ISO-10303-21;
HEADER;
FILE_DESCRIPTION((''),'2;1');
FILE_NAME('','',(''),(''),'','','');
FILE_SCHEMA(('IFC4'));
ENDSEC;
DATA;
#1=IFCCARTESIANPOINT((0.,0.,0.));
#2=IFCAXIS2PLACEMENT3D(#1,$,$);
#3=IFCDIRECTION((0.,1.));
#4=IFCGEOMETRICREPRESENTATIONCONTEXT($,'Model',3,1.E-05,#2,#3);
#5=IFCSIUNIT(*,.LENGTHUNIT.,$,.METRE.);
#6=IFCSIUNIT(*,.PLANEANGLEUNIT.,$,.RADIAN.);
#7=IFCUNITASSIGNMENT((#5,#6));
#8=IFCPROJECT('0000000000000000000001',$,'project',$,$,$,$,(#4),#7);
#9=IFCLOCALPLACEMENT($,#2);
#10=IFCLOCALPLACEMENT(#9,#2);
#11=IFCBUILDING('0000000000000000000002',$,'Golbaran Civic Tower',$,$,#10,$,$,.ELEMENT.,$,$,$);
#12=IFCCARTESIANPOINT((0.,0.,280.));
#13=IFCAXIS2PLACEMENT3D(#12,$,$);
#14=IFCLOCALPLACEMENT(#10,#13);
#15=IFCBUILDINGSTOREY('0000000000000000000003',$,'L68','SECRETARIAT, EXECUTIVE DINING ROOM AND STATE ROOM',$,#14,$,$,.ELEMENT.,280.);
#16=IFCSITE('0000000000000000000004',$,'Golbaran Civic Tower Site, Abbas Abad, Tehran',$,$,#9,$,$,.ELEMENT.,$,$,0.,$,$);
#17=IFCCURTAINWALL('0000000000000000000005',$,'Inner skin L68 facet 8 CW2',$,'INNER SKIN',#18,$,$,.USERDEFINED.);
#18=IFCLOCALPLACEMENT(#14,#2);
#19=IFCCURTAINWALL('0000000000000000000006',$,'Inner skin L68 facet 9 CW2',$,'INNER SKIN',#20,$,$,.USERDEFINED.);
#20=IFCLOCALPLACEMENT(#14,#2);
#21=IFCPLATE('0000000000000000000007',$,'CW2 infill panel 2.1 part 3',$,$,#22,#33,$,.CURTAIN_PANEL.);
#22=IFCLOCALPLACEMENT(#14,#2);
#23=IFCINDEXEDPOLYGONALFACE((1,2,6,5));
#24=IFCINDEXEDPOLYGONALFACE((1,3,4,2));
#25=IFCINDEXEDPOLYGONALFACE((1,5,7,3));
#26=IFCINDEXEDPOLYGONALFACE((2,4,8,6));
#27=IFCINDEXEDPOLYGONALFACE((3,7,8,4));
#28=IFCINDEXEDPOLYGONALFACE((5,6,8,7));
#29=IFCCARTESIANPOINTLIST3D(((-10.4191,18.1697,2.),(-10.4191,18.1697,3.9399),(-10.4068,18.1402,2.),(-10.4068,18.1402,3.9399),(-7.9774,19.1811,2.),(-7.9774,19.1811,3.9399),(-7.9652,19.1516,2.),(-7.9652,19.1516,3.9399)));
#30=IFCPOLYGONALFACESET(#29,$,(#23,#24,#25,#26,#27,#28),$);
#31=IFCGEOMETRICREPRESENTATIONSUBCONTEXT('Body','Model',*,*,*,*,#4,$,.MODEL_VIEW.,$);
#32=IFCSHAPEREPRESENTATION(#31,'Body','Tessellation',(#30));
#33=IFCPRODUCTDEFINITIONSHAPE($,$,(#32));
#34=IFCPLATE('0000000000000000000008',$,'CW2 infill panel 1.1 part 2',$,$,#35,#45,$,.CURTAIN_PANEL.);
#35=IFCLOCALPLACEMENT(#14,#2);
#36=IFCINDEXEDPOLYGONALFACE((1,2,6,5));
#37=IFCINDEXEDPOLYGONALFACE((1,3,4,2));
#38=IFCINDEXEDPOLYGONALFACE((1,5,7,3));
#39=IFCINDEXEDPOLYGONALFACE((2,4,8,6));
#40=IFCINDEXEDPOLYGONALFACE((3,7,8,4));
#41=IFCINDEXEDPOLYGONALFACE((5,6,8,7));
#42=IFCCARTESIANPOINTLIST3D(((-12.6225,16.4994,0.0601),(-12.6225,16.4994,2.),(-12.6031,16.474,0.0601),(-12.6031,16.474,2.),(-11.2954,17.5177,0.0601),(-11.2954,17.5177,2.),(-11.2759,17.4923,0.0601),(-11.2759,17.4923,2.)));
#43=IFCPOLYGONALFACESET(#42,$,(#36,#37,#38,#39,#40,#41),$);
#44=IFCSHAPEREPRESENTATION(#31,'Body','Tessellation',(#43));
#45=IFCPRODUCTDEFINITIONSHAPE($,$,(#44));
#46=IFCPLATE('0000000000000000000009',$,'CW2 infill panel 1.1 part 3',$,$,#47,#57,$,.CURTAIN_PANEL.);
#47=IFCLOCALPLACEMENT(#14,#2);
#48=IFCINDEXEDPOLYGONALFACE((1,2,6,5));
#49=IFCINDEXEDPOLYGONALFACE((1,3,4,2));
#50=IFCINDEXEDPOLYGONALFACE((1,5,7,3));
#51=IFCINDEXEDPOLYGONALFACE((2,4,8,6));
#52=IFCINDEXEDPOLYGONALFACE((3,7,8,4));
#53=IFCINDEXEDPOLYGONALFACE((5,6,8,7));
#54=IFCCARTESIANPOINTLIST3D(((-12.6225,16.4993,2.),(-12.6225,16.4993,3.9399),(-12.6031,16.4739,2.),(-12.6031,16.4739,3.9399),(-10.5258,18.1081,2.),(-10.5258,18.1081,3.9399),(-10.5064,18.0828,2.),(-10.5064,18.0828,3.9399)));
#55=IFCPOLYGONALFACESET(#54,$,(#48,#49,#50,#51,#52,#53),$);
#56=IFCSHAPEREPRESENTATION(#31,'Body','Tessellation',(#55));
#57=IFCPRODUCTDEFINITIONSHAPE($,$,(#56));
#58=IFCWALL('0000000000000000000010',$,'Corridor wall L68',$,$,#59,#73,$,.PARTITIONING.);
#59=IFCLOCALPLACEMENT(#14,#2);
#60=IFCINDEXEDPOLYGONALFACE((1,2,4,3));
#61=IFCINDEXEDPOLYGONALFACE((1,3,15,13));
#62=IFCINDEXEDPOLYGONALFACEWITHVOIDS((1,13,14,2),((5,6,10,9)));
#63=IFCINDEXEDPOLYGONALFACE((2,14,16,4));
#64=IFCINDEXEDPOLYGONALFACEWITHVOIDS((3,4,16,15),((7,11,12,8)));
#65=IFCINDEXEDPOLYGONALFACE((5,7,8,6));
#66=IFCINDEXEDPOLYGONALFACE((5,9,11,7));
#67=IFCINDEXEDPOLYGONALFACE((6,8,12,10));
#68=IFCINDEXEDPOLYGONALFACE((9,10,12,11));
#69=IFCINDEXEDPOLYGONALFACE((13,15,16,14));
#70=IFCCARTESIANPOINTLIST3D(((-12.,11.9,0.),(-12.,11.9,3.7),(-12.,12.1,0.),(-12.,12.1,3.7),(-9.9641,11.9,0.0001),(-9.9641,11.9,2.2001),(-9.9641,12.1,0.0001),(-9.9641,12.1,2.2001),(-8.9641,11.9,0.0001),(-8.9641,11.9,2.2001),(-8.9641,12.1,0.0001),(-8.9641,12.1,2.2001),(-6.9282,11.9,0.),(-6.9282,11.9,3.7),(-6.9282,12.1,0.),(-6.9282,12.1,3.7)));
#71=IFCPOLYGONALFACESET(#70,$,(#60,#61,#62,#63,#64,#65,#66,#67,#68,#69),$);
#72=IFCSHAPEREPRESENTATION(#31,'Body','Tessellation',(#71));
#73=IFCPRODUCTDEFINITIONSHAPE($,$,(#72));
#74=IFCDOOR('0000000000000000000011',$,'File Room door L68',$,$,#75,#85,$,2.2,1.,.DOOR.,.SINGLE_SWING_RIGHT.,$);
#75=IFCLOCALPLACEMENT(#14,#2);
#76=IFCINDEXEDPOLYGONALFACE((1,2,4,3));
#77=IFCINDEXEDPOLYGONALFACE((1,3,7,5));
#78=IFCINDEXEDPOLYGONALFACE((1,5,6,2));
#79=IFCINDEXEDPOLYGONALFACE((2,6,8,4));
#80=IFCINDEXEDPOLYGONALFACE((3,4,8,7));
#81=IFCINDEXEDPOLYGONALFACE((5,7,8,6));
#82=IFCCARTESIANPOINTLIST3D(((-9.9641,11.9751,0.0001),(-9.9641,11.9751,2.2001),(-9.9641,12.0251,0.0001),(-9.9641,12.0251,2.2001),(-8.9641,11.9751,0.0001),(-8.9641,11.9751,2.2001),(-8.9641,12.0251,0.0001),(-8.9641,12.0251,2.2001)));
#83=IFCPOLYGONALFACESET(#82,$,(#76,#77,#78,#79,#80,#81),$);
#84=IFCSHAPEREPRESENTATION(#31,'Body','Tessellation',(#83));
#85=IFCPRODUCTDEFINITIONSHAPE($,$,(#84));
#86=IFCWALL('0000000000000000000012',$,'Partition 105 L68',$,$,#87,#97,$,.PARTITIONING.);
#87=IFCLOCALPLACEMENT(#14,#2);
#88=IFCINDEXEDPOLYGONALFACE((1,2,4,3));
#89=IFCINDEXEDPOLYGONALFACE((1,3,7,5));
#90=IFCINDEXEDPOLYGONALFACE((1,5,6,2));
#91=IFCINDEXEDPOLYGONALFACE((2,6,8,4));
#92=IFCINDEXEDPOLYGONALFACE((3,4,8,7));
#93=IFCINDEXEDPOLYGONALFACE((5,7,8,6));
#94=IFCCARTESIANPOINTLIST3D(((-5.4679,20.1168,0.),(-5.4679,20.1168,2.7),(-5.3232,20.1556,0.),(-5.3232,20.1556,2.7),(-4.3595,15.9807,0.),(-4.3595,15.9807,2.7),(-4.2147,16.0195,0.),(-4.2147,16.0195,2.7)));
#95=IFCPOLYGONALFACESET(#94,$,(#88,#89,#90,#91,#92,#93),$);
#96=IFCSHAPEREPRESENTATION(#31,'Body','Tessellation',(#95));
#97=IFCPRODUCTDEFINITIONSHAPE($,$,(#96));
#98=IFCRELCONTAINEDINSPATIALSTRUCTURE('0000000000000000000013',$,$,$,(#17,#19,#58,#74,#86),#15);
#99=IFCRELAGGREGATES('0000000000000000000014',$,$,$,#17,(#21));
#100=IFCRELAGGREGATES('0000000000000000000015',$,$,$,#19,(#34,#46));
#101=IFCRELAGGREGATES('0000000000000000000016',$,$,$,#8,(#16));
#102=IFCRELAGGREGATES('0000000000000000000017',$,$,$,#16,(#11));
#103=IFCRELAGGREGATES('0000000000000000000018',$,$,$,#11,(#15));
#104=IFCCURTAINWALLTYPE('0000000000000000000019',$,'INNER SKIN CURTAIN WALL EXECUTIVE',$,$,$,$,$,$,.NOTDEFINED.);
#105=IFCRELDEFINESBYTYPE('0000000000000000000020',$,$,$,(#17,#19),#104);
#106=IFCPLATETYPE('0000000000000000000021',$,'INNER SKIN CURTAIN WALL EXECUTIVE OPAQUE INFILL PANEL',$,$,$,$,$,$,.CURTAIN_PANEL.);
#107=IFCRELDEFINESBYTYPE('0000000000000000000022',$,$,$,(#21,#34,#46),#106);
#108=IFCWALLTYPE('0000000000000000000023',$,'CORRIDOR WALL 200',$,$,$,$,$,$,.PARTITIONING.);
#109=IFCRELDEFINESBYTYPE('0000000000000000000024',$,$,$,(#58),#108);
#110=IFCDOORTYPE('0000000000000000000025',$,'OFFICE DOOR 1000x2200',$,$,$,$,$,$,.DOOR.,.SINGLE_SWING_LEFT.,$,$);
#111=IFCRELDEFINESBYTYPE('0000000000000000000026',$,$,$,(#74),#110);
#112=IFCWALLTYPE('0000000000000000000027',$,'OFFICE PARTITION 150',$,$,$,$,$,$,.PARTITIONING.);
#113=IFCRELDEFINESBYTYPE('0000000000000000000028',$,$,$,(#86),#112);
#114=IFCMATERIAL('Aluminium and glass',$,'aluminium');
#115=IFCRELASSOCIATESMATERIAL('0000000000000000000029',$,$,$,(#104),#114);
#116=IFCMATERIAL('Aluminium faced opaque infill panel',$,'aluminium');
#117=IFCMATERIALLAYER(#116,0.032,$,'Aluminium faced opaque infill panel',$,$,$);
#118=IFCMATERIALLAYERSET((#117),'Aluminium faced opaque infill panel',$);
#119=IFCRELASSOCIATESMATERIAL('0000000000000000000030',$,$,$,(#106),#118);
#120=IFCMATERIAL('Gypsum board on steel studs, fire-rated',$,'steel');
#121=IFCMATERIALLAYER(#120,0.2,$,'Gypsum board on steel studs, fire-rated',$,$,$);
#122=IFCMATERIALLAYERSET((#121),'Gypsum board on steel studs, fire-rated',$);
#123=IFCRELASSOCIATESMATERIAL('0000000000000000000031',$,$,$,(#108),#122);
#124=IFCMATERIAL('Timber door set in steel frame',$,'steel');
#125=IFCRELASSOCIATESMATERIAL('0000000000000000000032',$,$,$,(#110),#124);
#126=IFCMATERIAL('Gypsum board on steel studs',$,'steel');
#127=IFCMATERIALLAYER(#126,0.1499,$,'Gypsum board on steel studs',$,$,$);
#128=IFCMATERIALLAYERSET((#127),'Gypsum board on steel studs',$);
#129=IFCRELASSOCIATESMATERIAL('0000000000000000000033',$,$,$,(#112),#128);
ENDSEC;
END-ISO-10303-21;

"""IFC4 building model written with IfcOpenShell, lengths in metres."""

from ifc_helpers import new_model, si_unit, direction, frame, frame_2d, origin, origin_2d, place, context, subcontext, project, spatial, rectangle, extrude, material, layer, layer_set, type_object, element, fill, aggregate, save


model = new_model("IFC4")

# Units and contexts
model_context = context("Model", 3, precision=1e-05, world=origin(), true_north=direction((0.0, 1.0)))
body_context = subcontext(model_context, "Body", "Model", "MODEL_VIEW")
ifc_project = project(units=[si_unit("LENGTHUNIT", "METRE"), si_unit("PLANEANGLEUNIT", "RADIAN")], contexts=[model_context])

# Site, building, storey
site_placement = place(None, origin())
site = spatial("IfcSite", under=ifc_project, at=site_placement, Name="Golbaran Civic Tower Site, Abbas Abad, Tehran", CompositionType="ELEMENT", RefElevation=0.0)
building_placement = place(site_placement, origin())
building = spatial("IfcBuilding", under=site, at=building_placement, Name="Golbaran Civic Tower", CompositionType="ELEMENT")
storey_placement = place(building_placement, frame((0.0, 0.0, 280.0)))
storey = spatial("IfcBuildingStorey", under=building, at=storey_placement, Name="L68", Description="SECRETARIAT, EXECUTIVE DINING ROOM AND STATE ROOM", CompositionType="ELEMENT", Elevation=280.0)

# Curtain wall
ifc_material_1 = material(Name="Aluminium and glass", Category="aluminium")
curtain_wall_type = type_object("IfcCurtainWallType", Name="INNER SKIN CURTAIN WALL EXECUTIVE", PredefinedType="NOTDEFINED", material=ifc_material_1)
curtain_wall_1_placement = place(storey_placement, origin())
curtain_wall_1 = element("IfcCurtainWall", 1, at=curtain_wall_1_placement, inside=storey, type_object=curtain_wall_type, Name="Inner skin L68 facet 8 CW2", ObjectType="INNER SKIN", PredefinedType="USERDEFINED")

# Curtain wall
curtain_wall_2_placement = place(storey_placement, origin())
curtain_wall_2 = element("IfcCurtainWall", 2, at=curtain_wall_2_placement, inside=storey, type_object=curtain_wall_type, Name="Inner skin L68 facet 9 CW2", ObjectType="INNER SKIN", PredefinedType="USERDEFINED")

# Plates
ifc_material_2 = material(Name="Aluminium faced opaque infill panel", Category="aluminium")
ifc_layer_1 = layer(ifc_material_2, 0.032, Name="Aluminium faced opaque infill panel")
ifc_layer_set_1 = layer_set([ifc_layer_1], Name="Aluminium faced opaque infill panel")
plate_type_1 = type_object("IfcPlateType", Name="INNER SKIN CURTAIN WALL EXECUTIVE OPAQUE INFILL PANEL", PredefinedType="CURTAIN_PANEL", material=ifc_layer_set_1)
plate_1_placement = place(storey_placement, frame((-9.1921, 18.6606, 2.0), z_axis=(0.0, 0.0, 1.0), x_axis=(-0.92388, -0.382683, 0.0)))
plate_1 = element("IfcPlate", 3, at=plate_1_placement, type_object=plate_type_1, Name="CW2 infill panel 2.1 part 3", PredefinedType="CURTAIN_PANEL", context=body_context, shape_type="SweptSolid", body=[
    extrude(rectangle(XDim=2.6428, YDim=0.032, at=origin_2d()), origin(), (0.0, 0.0, 1.0), 1.9399),
])
aggregate(curtain_wall_1, [plate_1])
plate_2_placement = place(storey_placement, frame((-11.9492, 16.9958, 0.0601), z_axis=(0.0, 0.0, 1.0), x_axis=(-0.793353, -0.608761, 0.0)))
plate_2 = element("IfcPlate", 4, at=plate_2_placement, type_object=plate_type_1, Name="CW2 infill panel 1.1 part 2", PredefinedType="CURTAIN_PANEL", context=body_context, shape_type="SweptSolid", body=[
    extrude(rectangle(XDim=1.6729, YDim=0.032, at=origin_2d()), origin(), (0.0, 0.0, 1.0), 1.9399),
])
plate_3_placement = place(storey_placement, frame((-11.5645, 17.291, 2.0), z_axis=(0.0, 0.0, 1.0), x_axis=(-0.793353, -0.608761, 0.0)))
plate_3 = element("IfcPlate", 5, at=plate_3_placement, type_object=plate_type_1, Name="CW2 infill panel 1.1 part 3", PredefinedType="CURTAIN_PANEL", context=body_context, shape_type="SweptSolid", body=[
    extrude(rectangle(XDim=2.6428, YDim=0.032, at=origin_2d()), origin(), (0.0, 0.0, 1.0), 1.9399),
])
aggregate(curtain_wall_2, [plate_2, plate_3])

# Wall, opening, door
ifc_material_3 = material(Name="Gypsum board on steel studs, fire-rated", Category="steel")
ifc_layer_2 = layer(ifc_material_3, 0.2, Name="Gypsum board on steel studs, fire-rated")
ifc_layer_set_2 = layer_set([ifc_layer_2], Name="Gypsum board on steel studs, fire-rated")
wall_type_1 = type_object("IfcWallType", Name="CORRIDOR WALL 200", PredefinedType="PARTITIONING", material=ifc_layer_set_2)
wall_1_placement = place(storey_placement, frame((-6.9282, 12.0, 0.0), z_axis=(0.0, 0.0, 1.0), x_axis=(-1.0, 0.0, 0.0)))
wall_1 = element("IfcWall", 6, at=wall_1_placement, inside=storey, type_object=wall_type_1, Name="Corridor wall L68", PredefinedType="PARTITIONING", context=body_context, shape_type="SweptSolid", body=[
    extrude(rectangle(XDim=5.0718, YDim=0.2, at=frame_2d((2.5359, 0.0))), origin(), (0.0, 0.0, 1.0), 3.7),
])
opening_placement = place(wall_1_placement, frame((2.0359, 0.0, 0.0)))
opening = element("IfcOpeningElement", 7, at=opening_placement, cuts=wall_1, PredefinedType="OPENING", context=body_context, shape_type="SweptSolid", body=[
    extrude(rectangle(XDim=1.0, YDim=2.2, at=frame_2d((0.5, 1.1001))), frame((0.0, 0.1099, 0.0), z_axis=(0.0, -1.0, 0.0), x_axis=(1.0, 0.0, 0.0)), (0.0, 0.0, 1.0), 0.22),
])
ifc_material_4 = material(Name="Timber door set in steel frame", Category="steel")
door_type = type_object("IfcDoorType", Name="OFFICE DOOR 1000x2200", OperationType="SINGLE_SWING_LEFT", PredefinedType="DOOR", material=ifc_material_4)
door_placement = place(opening_placement, origin())
door = element("IfcDoor", 8, at=door_placement, inside=storey, type_object=door_type, Name="File Room door L68", OperationType="SINGLE_SWING_RIGHT", OverallHeight=2.2, OverallWidth=1.0, PredefinedType="DOOR", context=body_context, shape_type="SweptSolid", body=[
    extrude(rectangle(XDim=1.0, YDim=2.2, at=frame_2d((0.5, 1.1001))), frame((0.0, 0.0249, 0.0), z_axis=(0.0, -1.0, 0.0), x_axis=(1.0, 0.0, 0.0)), (0.0, 0.0, 1.0), 0.05),
])
fill(opening, door)

# Wall
ifc_material_5 = material(Name="Gypsum board on steel studs", Category="steel")
ifc_layer_3 = layer(ifc_material_5, 0.1499, Name="Gypsum board on steel studs")
ifc_layer_set_3 = layer_set([ifc_layer_3], Name="Gypsum board on steel studs")
wall_type_2 = type_object("IfcWallType", Name="OFFICE PARTITION 150", PredefinedType="PARTITIONING", material=ifc_layer_set_3)
wall_2_placement = place(storey_placement, frame((-4.2871, 16.0, 0.0), z_axis=(0.0, 0.0, 1.0), x_axis=(-0.258855, 0.965916, 0.0)))
element("IfcWall", 9, at=wall_2_placement, inside=storey, type_object=wall_type_2, Name="Partition 105 L68", PredefinedType="PARTITIONING", context=body_context, shape_type="SweptSolid", body=[
    extrude(rectangle(XDim=4.282, YDim=0.1499, at=frame_2d((2.1411, 0.0))), origin(), (0.0, 0.0, 1.0), 2.7),
])

save(model, "model.ifc")
